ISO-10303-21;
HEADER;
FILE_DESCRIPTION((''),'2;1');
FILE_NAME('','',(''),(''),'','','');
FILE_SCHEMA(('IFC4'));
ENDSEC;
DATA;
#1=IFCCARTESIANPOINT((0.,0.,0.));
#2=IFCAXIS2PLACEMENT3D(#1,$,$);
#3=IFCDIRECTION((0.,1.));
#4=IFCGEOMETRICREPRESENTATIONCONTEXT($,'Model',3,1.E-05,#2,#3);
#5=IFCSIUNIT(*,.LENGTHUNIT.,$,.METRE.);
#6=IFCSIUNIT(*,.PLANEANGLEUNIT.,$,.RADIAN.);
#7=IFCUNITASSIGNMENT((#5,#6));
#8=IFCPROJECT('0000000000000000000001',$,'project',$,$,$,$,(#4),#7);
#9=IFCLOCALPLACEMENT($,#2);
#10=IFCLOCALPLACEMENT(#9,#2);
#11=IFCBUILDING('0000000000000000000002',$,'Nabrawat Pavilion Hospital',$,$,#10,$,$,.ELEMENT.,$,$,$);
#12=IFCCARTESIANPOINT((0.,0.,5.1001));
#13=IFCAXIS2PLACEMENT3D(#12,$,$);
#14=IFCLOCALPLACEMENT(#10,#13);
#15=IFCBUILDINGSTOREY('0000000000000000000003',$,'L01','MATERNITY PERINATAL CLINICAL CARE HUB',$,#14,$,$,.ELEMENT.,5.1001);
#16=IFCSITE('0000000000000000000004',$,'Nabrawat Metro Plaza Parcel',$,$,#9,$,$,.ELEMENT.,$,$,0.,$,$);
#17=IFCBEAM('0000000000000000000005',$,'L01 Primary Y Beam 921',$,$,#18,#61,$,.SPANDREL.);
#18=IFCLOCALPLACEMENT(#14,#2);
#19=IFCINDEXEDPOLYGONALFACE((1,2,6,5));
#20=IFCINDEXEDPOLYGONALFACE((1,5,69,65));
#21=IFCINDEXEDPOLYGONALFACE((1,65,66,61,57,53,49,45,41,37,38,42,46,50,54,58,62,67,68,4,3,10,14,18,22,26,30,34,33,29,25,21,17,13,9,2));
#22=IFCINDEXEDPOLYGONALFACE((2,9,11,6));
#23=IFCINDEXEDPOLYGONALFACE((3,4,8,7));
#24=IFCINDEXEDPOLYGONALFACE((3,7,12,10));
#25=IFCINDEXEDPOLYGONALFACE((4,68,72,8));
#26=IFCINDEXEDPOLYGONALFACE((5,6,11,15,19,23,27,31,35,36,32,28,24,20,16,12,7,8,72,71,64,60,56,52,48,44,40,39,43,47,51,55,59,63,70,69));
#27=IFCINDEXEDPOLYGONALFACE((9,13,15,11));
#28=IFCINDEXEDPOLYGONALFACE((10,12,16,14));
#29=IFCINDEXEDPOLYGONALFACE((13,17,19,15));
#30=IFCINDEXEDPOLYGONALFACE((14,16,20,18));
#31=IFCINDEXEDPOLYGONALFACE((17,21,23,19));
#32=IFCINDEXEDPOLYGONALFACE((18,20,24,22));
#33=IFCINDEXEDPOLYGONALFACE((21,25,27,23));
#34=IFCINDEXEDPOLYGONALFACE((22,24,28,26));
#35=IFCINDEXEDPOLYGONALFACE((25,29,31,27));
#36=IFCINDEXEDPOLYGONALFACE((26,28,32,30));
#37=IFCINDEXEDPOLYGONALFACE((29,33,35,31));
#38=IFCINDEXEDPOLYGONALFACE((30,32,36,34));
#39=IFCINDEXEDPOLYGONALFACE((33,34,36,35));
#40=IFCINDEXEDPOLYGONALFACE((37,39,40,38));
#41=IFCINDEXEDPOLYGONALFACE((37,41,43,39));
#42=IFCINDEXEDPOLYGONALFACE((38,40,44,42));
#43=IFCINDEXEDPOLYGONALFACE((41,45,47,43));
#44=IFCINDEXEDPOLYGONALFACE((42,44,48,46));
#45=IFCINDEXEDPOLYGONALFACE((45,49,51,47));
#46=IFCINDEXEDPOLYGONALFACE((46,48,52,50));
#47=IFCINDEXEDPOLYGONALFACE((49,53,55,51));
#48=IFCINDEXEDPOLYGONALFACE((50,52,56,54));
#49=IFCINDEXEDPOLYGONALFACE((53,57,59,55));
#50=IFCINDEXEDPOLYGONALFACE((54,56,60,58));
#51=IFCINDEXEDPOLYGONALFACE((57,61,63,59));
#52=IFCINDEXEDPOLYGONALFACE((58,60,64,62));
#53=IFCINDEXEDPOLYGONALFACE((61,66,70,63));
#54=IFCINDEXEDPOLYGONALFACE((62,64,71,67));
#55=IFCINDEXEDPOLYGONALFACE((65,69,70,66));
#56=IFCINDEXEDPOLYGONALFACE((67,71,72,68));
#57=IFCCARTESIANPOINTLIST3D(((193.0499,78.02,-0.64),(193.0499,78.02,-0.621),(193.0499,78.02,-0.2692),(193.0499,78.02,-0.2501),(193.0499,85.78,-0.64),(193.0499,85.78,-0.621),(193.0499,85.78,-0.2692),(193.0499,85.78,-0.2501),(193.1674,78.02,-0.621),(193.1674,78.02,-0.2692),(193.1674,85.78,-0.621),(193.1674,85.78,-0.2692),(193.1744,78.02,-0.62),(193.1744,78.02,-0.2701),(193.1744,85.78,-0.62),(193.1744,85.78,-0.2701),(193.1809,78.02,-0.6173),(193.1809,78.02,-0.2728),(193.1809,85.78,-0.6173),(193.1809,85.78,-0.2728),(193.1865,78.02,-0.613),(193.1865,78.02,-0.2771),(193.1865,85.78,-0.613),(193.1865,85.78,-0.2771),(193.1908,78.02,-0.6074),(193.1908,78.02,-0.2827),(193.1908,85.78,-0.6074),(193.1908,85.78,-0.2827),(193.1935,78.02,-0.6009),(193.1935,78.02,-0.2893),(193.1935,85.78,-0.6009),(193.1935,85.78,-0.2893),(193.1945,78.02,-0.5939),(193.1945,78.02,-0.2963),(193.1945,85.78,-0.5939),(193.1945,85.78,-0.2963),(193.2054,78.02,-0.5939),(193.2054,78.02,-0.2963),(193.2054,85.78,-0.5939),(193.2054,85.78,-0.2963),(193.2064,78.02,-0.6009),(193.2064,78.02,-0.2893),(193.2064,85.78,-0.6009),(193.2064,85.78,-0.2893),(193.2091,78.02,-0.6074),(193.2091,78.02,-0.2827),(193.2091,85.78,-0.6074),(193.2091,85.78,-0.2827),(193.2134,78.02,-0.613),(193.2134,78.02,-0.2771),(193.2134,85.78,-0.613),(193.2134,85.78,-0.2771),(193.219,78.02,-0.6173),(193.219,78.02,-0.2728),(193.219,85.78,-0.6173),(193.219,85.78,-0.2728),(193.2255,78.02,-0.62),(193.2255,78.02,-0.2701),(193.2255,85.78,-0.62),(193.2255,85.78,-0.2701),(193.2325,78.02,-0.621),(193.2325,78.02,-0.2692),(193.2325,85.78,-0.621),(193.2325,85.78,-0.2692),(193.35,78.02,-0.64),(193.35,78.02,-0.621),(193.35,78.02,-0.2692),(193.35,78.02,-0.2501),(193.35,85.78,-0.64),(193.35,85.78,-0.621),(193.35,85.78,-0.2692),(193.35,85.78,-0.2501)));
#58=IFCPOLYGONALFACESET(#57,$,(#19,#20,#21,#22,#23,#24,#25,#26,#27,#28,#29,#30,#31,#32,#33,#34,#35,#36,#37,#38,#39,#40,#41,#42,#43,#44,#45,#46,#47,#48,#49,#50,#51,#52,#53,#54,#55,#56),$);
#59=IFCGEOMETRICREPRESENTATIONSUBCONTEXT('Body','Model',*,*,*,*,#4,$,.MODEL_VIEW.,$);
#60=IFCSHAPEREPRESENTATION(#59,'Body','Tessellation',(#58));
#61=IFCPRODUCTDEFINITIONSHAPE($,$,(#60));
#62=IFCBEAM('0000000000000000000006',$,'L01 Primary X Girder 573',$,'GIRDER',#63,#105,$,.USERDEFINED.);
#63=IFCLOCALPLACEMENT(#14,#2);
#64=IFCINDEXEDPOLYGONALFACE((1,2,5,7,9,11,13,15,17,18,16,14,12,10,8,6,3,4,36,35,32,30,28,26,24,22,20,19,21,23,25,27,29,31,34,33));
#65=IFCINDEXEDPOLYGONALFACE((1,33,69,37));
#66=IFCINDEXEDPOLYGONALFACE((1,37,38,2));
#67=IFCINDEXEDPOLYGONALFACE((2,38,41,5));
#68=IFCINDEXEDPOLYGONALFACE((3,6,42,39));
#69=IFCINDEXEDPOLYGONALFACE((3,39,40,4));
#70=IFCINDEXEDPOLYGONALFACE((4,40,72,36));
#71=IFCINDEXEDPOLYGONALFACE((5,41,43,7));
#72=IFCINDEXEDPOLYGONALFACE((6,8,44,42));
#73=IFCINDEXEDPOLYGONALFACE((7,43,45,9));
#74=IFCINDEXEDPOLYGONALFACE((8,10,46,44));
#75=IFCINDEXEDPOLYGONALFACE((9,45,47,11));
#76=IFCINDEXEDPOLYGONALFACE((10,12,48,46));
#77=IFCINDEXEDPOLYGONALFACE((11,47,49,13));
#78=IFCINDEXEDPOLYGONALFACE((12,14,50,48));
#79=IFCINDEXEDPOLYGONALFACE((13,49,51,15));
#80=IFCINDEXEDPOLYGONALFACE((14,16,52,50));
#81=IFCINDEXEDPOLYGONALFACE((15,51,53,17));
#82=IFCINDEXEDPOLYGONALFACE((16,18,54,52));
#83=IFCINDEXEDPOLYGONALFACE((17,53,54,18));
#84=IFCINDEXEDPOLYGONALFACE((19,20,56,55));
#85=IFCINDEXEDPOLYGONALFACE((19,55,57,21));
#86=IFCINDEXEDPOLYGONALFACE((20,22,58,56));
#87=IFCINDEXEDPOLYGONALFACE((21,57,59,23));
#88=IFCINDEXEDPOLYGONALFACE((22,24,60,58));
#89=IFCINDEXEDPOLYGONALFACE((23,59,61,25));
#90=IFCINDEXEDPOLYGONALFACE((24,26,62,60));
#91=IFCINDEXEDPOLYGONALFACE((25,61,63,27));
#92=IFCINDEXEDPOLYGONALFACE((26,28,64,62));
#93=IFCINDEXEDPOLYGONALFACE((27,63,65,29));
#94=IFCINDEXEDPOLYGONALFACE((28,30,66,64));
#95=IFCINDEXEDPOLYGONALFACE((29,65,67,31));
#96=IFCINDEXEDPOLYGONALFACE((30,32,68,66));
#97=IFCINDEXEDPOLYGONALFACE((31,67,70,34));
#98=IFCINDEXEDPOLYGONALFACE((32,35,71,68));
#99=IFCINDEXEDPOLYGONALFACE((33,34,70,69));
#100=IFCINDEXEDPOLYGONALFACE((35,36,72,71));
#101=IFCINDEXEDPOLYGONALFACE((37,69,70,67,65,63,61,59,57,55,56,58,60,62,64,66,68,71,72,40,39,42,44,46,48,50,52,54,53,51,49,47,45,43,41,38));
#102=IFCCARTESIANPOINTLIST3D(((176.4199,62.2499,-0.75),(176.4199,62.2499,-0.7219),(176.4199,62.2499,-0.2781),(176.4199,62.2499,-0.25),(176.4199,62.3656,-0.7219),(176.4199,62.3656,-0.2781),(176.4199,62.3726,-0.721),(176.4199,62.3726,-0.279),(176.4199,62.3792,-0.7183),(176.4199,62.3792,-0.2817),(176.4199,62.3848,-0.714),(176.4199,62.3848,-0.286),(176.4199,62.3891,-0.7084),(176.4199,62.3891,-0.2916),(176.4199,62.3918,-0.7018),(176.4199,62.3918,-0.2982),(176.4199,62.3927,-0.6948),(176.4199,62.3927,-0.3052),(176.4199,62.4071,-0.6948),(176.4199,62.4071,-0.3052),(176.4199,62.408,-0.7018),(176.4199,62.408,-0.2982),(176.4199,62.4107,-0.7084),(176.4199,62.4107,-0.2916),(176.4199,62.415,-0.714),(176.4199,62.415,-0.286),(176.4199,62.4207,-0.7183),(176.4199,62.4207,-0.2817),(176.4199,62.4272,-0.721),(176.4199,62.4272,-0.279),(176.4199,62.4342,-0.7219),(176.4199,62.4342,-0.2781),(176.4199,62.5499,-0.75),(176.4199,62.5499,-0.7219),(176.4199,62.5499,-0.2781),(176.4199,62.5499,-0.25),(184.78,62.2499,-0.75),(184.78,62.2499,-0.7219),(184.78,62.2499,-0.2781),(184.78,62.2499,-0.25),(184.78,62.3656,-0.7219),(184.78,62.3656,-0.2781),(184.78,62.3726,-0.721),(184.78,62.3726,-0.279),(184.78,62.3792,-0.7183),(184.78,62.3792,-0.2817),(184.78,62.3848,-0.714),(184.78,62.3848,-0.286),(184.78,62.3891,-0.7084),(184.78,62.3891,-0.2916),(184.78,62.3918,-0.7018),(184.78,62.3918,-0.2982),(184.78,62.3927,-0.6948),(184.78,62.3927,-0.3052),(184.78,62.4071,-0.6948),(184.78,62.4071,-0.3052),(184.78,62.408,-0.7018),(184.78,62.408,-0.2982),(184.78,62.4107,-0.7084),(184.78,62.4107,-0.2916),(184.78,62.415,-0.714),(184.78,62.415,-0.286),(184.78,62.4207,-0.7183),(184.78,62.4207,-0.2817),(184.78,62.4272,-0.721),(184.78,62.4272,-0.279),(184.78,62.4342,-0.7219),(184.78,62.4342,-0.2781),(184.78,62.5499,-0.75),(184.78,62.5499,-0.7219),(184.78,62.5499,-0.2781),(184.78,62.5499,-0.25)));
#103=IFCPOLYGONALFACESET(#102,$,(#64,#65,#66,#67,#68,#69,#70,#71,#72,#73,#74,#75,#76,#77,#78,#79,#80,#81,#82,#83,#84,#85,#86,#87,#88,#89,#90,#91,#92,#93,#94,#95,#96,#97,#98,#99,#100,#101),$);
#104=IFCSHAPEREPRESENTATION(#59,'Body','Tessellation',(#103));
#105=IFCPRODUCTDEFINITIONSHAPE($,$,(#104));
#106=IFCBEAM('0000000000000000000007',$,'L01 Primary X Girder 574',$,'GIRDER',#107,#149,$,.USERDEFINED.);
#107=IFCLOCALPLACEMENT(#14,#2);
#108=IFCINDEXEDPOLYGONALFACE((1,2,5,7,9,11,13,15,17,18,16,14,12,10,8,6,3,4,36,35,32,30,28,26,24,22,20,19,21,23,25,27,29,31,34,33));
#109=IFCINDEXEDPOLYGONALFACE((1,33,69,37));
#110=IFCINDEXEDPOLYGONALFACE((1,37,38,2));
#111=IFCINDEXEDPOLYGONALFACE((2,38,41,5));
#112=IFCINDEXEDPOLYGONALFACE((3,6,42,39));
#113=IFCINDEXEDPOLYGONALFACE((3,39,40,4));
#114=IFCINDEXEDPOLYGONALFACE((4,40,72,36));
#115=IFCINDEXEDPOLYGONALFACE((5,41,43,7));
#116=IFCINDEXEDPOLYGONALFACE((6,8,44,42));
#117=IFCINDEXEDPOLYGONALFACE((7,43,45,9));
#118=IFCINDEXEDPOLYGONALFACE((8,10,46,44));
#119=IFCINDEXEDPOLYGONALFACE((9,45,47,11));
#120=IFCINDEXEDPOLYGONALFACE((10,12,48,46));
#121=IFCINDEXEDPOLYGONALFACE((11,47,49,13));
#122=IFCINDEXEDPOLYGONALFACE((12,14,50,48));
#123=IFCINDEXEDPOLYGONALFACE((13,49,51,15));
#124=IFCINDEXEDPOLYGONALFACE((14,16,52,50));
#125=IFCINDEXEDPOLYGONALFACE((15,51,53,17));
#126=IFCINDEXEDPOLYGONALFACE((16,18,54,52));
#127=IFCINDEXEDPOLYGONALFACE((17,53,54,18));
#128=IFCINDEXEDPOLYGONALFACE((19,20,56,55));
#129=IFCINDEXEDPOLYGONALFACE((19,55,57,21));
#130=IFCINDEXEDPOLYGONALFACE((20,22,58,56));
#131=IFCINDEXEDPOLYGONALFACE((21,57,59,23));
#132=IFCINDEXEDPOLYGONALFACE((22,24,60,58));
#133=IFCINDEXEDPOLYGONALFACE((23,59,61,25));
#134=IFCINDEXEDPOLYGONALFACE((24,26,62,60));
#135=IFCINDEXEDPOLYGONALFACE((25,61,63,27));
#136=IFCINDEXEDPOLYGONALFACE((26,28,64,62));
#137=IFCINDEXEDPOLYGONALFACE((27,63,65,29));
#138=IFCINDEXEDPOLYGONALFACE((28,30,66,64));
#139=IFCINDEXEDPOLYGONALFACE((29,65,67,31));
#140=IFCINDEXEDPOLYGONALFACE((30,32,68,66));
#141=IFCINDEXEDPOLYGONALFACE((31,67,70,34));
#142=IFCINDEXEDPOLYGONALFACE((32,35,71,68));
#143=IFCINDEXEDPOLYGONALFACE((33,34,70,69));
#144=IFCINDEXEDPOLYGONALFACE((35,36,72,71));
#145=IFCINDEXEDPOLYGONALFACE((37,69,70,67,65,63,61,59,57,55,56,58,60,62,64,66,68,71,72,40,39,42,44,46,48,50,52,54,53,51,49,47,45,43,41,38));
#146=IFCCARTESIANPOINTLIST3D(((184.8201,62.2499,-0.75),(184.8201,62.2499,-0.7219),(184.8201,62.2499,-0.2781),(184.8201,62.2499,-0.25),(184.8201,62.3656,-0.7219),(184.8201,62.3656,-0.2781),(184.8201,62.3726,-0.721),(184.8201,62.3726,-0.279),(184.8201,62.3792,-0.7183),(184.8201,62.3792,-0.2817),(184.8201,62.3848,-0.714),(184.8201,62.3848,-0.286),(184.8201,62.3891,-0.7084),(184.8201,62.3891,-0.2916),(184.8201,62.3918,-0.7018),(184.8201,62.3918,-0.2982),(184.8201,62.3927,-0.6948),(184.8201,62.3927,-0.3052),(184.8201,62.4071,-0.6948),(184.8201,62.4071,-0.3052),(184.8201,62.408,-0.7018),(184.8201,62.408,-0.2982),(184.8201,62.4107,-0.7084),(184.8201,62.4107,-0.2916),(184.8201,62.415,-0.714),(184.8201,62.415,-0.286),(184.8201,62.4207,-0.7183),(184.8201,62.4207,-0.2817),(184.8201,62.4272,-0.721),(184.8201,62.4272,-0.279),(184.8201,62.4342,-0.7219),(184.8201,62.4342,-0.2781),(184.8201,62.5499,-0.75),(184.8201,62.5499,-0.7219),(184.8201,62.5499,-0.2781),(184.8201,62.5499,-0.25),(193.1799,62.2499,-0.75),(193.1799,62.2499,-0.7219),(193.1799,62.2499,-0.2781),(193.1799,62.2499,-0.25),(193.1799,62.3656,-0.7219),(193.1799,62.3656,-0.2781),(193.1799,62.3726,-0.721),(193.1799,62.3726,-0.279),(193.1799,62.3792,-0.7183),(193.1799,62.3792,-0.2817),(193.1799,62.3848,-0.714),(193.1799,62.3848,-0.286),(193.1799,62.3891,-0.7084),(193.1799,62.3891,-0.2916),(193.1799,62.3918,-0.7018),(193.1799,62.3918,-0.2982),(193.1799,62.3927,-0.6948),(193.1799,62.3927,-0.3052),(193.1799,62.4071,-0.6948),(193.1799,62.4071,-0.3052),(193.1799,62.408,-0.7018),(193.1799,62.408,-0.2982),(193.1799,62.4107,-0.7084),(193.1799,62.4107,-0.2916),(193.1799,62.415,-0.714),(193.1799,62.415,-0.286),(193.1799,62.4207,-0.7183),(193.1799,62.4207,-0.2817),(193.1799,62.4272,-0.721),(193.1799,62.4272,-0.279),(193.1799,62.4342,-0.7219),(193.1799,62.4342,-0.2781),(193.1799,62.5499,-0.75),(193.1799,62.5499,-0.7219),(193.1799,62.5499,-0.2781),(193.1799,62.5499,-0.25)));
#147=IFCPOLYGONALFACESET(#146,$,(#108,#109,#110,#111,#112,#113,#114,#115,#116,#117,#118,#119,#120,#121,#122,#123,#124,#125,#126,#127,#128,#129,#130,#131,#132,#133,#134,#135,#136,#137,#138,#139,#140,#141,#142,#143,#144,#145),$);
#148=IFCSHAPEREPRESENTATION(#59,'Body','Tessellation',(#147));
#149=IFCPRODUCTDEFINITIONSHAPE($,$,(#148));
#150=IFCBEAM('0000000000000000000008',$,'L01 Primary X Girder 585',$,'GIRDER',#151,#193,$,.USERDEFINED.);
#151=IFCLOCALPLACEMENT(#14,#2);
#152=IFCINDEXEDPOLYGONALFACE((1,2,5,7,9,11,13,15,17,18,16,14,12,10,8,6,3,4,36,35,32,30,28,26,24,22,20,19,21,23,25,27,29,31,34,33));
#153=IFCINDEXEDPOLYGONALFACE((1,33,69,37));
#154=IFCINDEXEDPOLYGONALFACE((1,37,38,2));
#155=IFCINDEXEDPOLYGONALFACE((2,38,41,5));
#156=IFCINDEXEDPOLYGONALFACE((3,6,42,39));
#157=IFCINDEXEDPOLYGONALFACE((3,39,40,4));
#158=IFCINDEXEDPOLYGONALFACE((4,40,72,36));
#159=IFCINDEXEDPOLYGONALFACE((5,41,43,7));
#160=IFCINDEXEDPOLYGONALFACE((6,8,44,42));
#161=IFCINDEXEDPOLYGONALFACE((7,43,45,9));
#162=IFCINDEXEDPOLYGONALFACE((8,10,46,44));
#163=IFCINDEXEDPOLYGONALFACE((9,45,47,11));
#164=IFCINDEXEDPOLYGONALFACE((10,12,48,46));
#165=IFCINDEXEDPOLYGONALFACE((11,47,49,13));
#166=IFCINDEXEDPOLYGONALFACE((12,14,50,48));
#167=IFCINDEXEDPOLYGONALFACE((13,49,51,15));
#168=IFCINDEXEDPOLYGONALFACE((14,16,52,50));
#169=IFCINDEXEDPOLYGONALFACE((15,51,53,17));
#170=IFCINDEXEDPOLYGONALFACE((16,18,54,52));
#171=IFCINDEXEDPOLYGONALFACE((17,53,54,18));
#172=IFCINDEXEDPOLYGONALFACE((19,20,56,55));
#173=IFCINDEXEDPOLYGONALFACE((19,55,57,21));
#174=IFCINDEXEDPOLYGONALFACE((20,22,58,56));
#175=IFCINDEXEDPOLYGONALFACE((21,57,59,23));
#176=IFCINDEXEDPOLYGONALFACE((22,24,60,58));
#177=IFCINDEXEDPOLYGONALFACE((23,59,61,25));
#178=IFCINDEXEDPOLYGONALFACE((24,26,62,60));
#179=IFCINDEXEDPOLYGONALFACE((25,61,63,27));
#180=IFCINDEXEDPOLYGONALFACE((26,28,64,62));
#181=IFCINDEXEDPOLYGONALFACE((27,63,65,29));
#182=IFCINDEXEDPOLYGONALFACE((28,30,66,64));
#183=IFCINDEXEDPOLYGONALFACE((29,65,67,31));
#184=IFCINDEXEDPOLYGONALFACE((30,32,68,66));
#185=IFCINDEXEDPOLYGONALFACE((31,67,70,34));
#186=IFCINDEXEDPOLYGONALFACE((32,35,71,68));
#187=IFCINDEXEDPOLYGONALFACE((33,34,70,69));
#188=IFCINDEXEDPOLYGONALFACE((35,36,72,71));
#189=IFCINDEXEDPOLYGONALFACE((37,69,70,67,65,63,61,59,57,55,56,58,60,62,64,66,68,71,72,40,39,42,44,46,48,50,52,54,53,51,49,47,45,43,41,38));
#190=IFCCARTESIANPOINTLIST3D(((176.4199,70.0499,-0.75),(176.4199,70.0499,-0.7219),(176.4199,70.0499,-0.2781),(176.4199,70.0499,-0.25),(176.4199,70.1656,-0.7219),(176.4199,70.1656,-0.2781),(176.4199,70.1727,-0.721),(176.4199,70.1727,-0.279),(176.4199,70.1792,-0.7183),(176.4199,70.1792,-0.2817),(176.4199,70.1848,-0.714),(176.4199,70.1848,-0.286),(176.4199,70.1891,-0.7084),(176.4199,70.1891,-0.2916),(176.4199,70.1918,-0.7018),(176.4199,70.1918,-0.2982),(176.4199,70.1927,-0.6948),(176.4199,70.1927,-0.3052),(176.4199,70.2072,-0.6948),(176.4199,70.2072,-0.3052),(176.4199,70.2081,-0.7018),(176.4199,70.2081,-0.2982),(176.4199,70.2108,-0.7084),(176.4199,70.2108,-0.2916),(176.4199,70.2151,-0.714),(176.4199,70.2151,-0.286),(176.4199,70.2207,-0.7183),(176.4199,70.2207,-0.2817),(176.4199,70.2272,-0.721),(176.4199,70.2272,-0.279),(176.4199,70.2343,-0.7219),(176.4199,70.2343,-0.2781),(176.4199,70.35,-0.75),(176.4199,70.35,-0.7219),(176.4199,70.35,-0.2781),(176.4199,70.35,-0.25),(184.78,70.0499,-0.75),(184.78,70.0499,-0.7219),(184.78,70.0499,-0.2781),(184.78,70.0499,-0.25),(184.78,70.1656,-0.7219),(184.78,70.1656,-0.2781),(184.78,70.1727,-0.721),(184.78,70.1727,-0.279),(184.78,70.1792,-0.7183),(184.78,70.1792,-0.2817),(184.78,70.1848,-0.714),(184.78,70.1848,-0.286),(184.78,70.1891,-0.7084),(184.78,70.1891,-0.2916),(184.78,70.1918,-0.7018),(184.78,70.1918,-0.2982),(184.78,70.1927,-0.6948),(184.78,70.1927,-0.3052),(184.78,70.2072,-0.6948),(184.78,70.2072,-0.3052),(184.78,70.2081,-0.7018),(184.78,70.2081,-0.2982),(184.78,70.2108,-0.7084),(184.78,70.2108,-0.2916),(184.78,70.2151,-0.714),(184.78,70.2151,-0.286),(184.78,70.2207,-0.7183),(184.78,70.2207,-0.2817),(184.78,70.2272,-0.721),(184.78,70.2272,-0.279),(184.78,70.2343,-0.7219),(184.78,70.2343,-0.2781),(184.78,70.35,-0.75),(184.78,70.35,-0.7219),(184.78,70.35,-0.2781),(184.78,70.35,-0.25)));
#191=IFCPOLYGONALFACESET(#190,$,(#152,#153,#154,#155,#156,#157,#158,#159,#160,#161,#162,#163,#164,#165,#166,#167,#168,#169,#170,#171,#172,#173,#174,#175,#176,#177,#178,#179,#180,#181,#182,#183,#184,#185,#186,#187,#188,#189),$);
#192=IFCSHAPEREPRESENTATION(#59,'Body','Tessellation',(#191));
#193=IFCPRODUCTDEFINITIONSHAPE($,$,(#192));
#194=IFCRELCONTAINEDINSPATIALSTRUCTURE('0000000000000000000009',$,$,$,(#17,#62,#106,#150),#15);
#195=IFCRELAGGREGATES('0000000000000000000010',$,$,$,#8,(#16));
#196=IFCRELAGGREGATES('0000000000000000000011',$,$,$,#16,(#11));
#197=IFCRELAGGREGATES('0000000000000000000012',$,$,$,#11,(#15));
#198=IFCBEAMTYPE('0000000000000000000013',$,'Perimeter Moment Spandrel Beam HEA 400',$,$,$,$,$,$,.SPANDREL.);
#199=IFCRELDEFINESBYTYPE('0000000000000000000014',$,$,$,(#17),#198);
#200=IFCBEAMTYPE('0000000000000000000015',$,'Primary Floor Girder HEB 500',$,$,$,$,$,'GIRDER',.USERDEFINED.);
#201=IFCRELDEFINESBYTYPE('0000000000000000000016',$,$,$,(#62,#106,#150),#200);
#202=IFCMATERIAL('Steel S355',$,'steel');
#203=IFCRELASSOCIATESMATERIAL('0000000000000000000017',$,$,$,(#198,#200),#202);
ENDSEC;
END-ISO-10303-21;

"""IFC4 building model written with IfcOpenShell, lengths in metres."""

from ifc_helpers import new_model, si_unit, direction, frame, origin, origin_2d, place, context, subcontext, project, spatial, i_section, extrude, material, material_profile, profile_set, type_object, element, save


model = new_model("IFC4")

# Units and contexts
model_context = context("Model", 3, precision=1e-05, world=origin(), true_north=direction((0.0, 1.0)))
body_context = subcontext(model_context, "Body", "Model", "MODEL_VIEW")
ifc_project = project(units=[si_unit("LENGTHUNIT", "METRE"), si_unit("PLANEANGLEUNIT", "RADIAN")], contexts=[model_context])

# Site, building, storey
site_placement = place(None, origin())
site = spatial("IfcSite", under=ifc_project, at=site_placement, Name="Nabrawat Metro Plaza Parcel", CompositionType="ELEMENT", RefElevation=0.0)
building_placement = place(site_placement, origin())
building = spatial("IfcBuilding", under=site, at=building_placement, Name="Nabrawat Pavilion Hospital", CompositionType="ELEMENT")
storey_placement = place(building_placement, frame((0.0, 0.0, 5.1001)))
storey = spatial("IfcBuildingStorey", under=building, at=storey_placement, Name="L01", Description="MATERNITY PERINATAL CLINICAL CARE HUB", CompositionType="ELEMENT", Elevation=5.1001)

# Shared definitions
ifc_material_1 = material(Name="Steel S355", Category="steel")

# Beams
ifc_material_profile_1 = material_profile(ifc_material_1, i_section(OverallWidth=0.3, OverallDepth=0.3899, WebThickness=0.011, FlangeThickness=0.019, FilletRadius=0.0271, at=origin_2d()), Name="HEA 400")
ifc_profile_set_1 = profile_set([ifc_material_profile_1], Name="Steel S355")
beam_type_1 = type_object("IfcBeamType", Name="Perimeter Moment Spandrel Beam HEA 400", PredefinedType="SPANDREL", material=ifc_profile_set_1)
for number, where, z_axis, x_axis, name in (
    (1, (193.2, 78.02, -0.4451), (0.0, 1.0, 0.0), (-1.0, 0.0, 0.0), "L01 Primary Y Beam 921"),
):
    element("IfcBeam", number, at=place(storey_placement, frame(where, z_axis=z_axis, x_axis=x_axis)), inside=storey, type_object=beam_type_1, Name=name, PredefinedType="SPANDREL", context=body_context, shape_type="SweptSolid", body=[
        extrude(i_section(OverallWidth=0.3, OverallDepth=0.3899, WebThickness=0.011, FlangeThickness=0.019, FilletRadius=0.0271, at=origin_2d()), origin(), (0.0, 0.0, 1.0), 7.76),
    ])
ifc_material_profile_2 = material_profile(ifc_material_1, i_section(OverallWidth=0.3, OverallDepth=0.5, WebThickness=0.0144, FlangeThickness=0.0281, FilletRadius=0.0271, at=origin_2d()), Name="HEB 500")
ifc_profile_set_2 = profile_set([ifc_material_profile_2], Name="Steel S355")
beam_type_2 = type_object("IfcBeamType", Name="Primary Floor Girder HEB 500", ElementType="GIRDER", PredefinedType="USERDEFINED", material=ifc_profile_set_2)
beam_1_placement = place(storey_placement, frame((176.4199, 62.3999, -0.5), z_axis=(1.0, 0.0, 0.0), x_axis=(0.0, 1.0, 0.0)))
element("IfcBeam", 2, at=beam_1_placement, inside=storey, type_object=beam_type_2, Name="L01 Primary X Girder 573", ObjectType="GIRDER", PredefinedType="USERDEFINED", context=body_context, shape_type="SweptSolid", body=[
    extrude(i_section(OverallWidth=0.3, OverallDepth=0.5, WebThickness=0.0144, FlangeThickness=0.0281, FilletRadius=0.0271, at=origin_2d()), origin(), (0.0, 0.0, 1.0), 8.3601),
])
beam_2_placement = place(storey_placement, frame((184.8201, 62.3999, -0.5), z_axis=(1.0, 0.0, 0.0), x_axis=(0.0, 1.0, 0.0)))
element("IfcBeam", 3, at=beam_2_placement, inside=storey, type_object=beam_type_2, Name="L01 Primary X Girder 574", ObjectType="GIRDER", PredefinedType="USERDEFINED", context=body_context, shape_type="SweptSolid", body=[
    extrude(i_section(OverallWidth=0.3, OverallDepth=0.5, WebThickness=0.0144, FlangeThickness=0.0281, FilletRadius=0.0271, at=origin_2d()), origin(), (0.0, 0.0, 1.0), 8.3599),
])
beam_3_placement = place(storey_placement, frame((176.4199, 70.2, -0.5), z_axis=(1.0, 0.0, 0.0), x_axis=(0.0, 1.0, 0.0)))
element("IfcBeam", 4, at=beam_3_placement, inside=storey, type_object=beam_type_2, Name="L01 Primary X Girder 585", ObjectType="GIRDER", PredefinedType="USERDEFINED", context=body_context, shape_type="SweptSolid", body=[
    extrude(i_section(OverallWidth=0.3, OverallDepth=0.5, WebThickness=0.0144, FlangeThickness=0.0281, FilletRadius=0.0271, at=origin_2d()), origin(), (0.0, 0.0, 1.0), 8.3601),
])

save(model, "model.ifc")
